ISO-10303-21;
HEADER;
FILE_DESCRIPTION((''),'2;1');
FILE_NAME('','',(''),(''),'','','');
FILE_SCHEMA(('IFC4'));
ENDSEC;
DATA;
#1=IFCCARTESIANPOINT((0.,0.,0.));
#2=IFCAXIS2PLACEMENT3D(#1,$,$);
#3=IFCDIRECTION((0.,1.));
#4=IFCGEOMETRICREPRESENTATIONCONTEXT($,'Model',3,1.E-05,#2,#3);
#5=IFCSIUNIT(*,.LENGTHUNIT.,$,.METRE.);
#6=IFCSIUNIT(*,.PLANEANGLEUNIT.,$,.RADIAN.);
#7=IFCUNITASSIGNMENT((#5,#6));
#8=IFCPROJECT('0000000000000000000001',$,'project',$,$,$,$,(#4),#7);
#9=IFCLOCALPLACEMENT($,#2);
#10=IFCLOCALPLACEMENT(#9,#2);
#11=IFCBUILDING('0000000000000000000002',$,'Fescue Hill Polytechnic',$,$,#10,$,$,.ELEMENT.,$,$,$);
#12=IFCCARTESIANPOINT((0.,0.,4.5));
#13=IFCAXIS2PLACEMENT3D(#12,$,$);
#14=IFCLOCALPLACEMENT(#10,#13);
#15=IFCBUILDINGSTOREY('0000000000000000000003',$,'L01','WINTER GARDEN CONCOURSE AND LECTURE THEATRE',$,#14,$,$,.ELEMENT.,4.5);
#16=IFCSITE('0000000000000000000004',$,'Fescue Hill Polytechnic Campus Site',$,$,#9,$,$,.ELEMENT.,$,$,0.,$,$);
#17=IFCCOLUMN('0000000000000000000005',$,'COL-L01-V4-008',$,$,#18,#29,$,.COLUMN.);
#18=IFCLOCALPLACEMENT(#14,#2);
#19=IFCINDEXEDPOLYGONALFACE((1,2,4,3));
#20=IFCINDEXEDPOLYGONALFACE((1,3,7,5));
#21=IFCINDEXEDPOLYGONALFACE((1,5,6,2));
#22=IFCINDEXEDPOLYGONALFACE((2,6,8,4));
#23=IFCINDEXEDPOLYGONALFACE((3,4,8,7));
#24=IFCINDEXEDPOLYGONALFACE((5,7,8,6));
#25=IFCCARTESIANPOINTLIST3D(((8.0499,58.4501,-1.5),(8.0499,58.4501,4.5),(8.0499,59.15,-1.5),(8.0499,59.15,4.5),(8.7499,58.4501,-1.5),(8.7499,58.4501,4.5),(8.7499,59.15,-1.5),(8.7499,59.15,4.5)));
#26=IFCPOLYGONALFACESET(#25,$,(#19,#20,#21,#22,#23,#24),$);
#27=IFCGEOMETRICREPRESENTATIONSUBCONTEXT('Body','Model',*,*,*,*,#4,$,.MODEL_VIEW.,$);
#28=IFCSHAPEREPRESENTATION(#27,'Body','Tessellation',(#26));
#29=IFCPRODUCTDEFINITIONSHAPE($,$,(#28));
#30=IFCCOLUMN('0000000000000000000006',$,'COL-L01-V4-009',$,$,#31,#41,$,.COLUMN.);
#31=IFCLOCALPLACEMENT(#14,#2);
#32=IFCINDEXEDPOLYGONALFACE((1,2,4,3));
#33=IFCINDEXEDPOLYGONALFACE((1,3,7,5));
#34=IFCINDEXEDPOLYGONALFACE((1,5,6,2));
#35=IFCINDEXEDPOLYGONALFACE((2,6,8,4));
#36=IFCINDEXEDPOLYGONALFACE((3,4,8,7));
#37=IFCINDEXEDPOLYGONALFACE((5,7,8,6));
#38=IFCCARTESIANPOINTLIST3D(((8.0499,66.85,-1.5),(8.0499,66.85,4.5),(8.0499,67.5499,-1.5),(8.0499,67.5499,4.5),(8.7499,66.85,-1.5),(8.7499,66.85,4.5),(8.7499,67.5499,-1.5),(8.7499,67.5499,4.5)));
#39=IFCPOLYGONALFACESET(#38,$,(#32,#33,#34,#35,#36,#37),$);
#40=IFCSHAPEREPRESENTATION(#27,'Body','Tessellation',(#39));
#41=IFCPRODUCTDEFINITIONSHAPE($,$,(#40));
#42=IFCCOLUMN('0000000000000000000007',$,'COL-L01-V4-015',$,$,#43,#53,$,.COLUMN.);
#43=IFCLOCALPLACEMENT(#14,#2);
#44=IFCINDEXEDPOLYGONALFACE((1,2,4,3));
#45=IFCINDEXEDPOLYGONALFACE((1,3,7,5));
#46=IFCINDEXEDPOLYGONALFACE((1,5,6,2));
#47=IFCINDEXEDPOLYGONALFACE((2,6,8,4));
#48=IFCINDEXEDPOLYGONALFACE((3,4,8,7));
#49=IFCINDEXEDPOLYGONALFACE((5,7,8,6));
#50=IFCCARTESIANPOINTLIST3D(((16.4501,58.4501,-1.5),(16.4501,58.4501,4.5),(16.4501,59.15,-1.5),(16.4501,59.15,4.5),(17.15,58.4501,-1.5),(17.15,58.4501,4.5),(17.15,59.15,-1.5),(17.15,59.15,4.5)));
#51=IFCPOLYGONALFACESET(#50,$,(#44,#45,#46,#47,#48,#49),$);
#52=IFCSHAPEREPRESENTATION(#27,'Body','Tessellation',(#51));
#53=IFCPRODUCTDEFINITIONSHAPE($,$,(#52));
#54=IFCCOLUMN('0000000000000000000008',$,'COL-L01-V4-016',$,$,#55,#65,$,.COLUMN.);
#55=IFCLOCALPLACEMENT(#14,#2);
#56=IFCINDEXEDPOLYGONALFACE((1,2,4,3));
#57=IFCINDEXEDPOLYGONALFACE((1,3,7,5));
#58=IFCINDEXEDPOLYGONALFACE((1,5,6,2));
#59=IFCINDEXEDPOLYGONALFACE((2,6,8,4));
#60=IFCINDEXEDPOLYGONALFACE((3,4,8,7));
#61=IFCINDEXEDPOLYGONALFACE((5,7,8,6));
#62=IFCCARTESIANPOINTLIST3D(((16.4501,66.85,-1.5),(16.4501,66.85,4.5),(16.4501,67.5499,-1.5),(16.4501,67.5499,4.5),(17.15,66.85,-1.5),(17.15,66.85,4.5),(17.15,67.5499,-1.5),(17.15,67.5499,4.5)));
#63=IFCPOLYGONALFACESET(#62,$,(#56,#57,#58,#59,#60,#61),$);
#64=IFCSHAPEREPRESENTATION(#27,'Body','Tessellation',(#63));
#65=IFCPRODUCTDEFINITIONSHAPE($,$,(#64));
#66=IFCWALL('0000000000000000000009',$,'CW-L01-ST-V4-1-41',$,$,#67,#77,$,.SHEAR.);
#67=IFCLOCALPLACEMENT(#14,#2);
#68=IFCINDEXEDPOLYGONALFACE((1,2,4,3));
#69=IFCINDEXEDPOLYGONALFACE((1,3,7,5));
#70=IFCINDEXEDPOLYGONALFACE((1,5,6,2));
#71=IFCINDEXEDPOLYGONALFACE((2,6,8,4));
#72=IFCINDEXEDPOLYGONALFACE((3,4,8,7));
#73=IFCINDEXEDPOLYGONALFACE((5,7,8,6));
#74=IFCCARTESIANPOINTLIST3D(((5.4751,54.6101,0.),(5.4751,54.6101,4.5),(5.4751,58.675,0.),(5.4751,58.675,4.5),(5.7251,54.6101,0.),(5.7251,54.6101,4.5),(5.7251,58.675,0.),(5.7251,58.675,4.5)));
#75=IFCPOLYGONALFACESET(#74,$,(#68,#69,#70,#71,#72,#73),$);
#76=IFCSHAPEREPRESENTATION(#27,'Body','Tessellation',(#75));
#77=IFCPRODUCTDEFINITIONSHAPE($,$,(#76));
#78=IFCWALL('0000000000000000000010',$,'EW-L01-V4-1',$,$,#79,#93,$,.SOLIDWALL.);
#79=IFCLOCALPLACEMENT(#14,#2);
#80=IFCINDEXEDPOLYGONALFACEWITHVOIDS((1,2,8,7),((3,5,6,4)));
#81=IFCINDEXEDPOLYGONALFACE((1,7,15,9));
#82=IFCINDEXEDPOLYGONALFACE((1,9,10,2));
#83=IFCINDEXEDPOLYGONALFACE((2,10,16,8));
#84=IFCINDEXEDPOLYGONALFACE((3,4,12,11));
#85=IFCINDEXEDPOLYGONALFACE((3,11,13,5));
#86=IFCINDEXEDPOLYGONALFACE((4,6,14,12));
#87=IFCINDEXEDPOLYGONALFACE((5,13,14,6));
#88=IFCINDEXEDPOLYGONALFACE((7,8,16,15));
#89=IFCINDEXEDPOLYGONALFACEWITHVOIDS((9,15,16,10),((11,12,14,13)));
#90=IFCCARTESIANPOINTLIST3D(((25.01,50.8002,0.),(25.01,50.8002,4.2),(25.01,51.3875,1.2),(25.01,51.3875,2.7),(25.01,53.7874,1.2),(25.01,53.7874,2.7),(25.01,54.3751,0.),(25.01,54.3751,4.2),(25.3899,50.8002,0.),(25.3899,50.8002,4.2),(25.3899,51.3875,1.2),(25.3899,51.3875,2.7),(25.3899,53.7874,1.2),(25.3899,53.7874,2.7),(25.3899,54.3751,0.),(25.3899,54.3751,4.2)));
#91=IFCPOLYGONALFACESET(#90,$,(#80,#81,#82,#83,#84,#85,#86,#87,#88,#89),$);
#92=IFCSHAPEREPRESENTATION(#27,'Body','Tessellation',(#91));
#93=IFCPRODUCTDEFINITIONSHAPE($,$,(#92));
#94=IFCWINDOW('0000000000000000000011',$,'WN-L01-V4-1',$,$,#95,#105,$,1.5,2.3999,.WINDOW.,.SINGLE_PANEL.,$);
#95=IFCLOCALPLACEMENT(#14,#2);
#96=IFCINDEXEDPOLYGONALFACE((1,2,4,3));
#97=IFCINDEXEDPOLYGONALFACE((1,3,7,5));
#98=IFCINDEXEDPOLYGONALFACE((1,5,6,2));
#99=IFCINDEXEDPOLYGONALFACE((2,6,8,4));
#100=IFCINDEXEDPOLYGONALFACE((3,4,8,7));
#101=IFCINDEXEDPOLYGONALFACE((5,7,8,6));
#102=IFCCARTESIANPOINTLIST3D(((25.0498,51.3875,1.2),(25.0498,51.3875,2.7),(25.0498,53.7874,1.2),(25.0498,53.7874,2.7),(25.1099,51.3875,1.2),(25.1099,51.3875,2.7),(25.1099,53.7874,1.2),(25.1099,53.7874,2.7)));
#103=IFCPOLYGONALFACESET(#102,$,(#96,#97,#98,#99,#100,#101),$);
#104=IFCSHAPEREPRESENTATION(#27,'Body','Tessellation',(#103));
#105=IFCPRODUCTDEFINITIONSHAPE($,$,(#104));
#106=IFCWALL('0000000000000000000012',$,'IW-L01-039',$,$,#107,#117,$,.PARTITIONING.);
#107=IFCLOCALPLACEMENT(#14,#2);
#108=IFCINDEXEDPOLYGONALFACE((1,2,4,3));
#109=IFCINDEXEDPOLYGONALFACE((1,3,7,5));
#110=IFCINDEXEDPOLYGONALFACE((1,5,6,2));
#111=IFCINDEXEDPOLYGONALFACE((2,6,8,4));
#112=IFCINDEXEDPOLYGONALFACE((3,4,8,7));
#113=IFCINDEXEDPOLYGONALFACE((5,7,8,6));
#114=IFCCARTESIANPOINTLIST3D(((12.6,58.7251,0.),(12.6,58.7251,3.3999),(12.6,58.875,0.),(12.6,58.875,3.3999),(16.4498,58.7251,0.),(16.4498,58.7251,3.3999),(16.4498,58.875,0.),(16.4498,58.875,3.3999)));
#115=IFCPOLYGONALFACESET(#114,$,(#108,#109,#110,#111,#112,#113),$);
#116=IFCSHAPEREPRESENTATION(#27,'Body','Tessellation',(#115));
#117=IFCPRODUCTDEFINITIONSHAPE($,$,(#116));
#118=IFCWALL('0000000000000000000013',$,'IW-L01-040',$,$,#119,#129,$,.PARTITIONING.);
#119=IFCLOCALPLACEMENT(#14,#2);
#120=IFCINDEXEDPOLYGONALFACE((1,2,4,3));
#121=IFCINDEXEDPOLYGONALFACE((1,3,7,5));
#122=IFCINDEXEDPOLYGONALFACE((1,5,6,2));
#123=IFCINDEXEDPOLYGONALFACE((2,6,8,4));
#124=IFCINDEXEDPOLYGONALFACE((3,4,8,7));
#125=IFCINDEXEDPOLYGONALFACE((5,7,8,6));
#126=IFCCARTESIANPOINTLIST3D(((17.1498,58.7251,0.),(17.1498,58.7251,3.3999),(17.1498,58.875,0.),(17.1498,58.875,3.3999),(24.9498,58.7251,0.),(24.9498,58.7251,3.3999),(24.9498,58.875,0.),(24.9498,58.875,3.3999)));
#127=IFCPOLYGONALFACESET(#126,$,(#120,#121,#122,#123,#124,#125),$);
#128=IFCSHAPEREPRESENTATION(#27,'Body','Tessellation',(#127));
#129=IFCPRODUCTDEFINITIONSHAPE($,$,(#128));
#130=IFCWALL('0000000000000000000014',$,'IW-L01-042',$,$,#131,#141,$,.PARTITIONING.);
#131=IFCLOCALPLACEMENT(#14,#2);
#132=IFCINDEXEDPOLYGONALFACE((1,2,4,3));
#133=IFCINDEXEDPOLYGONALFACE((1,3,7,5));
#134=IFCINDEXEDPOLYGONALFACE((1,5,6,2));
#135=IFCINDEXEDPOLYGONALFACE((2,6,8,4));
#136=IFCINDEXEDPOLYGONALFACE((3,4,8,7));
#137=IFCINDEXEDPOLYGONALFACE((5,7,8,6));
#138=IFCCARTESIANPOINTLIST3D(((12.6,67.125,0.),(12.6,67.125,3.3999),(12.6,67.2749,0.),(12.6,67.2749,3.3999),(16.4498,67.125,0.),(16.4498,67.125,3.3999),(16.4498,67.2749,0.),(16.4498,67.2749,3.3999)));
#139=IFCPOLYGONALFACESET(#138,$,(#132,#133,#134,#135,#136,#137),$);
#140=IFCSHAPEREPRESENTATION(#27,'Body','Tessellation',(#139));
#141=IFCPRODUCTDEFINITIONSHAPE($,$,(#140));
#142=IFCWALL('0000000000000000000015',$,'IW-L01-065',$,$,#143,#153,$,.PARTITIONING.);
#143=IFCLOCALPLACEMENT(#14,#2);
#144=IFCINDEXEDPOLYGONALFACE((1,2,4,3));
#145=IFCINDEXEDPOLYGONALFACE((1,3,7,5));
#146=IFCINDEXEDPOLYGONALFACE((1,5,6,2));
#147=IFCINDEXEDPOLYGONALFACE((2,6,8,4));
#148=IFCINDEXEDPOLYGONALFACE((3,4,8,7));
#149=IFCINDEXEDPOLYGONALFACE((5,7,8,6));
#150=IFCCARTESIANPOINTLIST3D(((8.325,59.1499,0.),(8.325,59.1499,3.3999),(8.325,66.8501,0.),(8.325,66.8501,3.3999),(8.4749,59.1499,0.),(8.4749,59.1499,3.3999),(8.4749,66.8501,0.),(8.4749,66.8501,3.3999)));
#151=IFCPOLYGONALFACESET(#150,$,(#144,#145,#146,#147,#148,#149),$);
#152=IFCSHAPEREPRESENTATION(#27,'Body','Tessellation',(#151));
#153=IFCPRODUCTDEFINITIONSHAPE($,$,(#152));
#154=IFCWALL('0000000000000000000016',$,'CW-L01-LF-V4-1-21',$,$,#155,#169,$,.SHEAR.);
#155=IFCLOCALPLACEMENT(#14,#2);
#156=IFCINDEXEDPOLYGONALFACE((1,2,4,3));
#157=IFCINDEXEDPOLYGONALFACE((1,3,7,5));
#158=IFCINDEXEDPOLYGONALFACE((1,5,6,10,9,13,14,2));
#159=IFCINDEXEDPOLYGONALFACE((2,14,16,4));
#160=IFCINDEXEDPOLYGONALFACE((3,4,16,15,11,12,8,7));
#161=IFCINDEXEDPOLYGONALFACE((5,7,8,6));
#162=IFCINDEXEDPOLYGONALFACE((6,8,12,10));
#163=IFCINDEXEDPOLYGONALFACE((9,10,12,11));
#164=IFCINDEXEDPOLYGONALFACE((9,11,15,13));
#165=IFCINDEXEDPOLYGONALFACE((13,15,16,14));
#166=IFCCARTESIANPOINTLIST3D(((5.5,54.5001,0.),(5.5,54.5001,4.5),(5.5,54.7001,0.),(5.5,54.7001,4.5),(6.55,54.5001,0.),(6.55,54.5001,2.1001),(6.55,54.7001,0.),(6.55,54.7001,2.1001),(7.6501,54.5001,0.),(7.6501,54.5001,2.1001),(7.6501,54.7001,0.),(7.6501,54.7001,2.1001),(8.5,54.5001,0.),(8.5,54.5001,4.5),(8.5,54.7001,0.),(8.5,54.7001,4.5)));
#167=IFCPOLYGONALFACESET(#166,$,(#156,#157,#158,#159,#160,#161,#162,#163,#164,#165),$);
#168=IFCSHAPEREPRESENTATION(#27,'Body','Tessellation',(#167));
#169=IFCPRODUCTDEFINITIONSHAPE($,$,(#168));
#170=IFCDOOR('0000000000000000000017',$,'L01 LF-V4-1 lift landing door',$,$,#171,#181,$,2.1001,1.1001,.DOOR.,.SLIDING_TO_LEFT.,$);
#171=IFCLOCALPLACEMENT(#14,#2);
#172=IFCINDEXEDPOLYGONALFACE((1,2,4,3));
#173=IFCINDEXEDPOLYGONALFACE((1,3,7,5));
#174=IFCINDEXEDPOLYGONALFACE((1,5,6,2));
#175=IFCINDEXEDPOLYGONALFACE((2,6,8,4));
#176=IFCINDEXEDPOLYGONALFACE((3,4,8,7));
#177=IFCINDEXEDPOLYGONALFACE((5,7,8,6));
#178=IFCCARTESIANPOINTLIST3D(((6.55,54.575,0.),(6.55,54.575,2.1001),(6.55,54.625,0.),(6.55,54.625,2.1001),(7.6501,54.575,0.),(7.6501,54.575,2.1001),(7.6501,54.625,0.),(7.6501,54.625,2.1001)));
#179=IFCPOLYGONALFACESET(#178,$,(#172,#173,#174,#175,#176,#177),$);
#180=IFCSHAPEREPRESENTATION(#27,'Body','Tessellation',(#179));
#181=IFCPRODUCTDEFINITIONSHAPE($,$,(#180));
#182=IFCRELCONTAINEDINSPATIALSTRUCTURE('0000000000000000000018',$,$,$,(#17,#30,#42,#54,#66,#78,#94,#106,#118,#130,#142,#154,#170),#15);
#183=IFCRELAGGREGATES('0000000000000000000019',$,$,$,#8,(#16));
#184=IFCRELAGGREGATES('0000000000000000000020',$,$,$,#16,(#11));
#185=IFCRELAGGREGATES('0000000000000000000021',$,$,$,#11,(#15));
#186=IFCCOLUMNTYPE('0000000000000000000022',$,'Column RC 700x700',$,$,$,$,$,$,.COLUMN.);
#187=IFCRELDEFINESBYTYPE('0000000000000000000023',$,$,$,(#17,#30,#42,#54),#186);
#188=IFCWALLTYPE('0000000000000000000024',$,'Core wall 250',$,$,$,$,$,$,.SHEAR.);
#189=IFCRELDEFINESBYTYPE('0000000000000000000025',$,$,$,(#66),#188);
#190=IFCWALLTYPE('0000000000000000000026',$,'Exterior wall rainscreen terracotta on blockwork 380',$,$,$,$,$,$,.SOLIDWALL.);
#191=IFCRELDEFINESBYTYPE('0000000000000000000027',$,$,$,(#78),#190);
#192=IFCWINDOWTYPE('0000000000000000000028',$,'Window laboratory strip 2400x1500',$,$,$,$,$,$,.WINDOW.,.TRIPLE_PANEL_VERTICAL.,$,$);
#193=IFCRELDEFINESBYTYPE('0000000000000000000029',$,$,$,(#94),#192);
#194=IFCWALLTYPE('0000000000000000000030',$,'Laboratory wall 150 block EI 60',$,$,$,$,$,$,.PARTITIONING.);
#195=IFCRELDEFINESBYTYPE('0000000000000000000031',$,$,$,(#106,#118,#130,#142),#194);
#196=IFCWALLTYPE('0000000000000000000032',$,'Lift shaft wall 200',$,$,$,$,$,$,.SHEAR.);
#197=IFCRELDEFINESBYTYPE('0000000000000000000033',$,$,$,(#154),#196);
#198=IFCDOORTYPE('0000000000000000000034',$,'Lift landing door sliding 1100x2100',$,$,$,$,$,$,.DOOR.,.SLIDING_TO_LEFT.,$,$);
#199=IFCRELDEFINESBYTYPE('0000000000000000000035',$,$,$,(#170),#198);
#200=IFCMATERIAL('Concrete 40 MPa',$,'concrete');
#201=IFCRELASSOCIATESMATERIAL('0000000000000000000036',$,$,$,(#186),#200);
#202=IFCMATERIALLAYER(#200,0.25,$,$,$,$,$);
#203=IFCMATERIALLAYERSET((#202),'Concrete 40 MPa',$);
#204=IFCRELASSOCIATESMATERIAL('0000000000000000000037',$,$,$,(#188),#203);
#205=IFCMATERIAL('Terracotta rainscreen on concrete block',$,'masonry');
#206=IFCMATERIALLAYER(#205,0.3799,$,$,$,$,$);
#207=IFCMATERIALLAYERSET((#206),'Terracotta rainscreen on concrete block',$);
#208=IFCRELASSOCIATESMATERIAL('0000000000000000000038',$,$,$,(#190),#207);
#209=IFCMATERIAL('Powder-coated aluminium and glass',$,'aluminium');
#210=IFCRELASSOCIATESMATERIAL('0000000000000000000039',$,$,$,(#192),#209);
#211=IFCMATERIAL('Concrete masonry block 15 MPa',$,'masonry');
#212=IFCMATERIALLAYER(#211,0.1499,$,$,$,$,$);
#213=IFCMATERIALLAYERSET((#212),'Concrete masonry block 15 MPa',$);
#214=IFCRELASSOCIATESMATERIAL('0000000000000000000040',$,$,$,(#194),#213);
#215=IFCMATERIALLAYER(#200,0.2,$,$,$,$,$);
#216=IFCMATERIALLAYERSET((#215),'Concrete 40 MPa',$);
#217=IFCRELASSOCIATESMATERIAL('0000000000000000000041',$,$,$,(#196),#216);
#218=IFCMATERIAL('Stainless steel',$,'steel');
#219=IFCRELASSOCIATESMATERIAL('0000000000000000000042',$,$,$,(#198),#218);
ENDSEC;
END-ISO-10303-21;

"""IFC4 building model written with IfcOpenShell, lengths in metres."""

from ifc_helpers import new_model, si_unit, direction, frame, frame_2d, origin, origin_2d, place, context, subcontext, project, spatial, rectangle, extrude, material, layer, layer_set, material_profile, profile_set, type_object, element, fill, save


model = new_model("IFC4")

# Units and contexts
model_context = context("Model", 3, precision=1e-05, world=origin(), true_north=direction((0.0, 1.0)))
body_context = subcontext(model_context, "Body", "Model", "MODEL_VIEW")
ifc_project = project(units=[si_unit("LENGTHUNIT", "METRE"), si_unit("PLANEANGLEUNIT", "RADIAN")], contexts=[model_context])

# Site, building, storey
site_placement = place(None, origin())
site = spatial("IfcSite", under=ifc_project, at=site_placement, Name="Fescue Hill Polytechnic Campus Site", CompositionType="ELEMENT", RefElevation=0.0)
building_placement = place(site_placement, origin())
building = spatial("IfcBuilding", under=site, at=building_placement, Name="Fescue Hill Polytechnic", CompositionType="ELEMENT")
storey_placement = place(building_placement, frame((0.0, 0.0, 4.5)))
storey = spatial("IfcBuildingStorey", under=building, at=storey_placement, Name="L01", Description="WINTER GARDEN CONCOURSE AND LECTURE THEATRE", CompositionType="ELEMENT", Elevation=4.5)

# Columns
ifc_material_1 = material(Name="Concrete 40 MPa", Category="concrete")
ifc_material_profile = material_profile(ifc_material_1, rectangle(XDim=0.7, YDim=0.7, at=origin_2d()), Name="RC 700x700")
ifc_profile_set = profile_set([ifc_material_profile], Name="Concrete 40 MPa")
column_type = type_object("IfcColumnType", Name="Column RC 700x700", PredefinedType="COLUMN", material=ifc_profile_set)
for number, where, z_axis, x_axis, name in (
    (1, (8.3999, 58.8, -1.5), (0.0, 0.0, 1.0), (1.0, 0.0, 0.0), "COL-L01-V4-008"),
    (2, (8.3999, 67.2, -1.5), (0.0, 0.0, 1.0), (1.0, 0.0, 0.0), "COL-L01-V4-009"),
    (3, (16.8, 58.8, -1.5), (0.0, 0.0, 1.0), (1.0, 0.0, 0.0), "COL-L01-V4-015"),
    (4, (16.8, 67.2, -1.5), (0.0, 0.0, 1.0), (1.0, 0.0, 0.0), "COL-L01-V4-016"),
):
    element("IfcColumn", number, at=place(storey_placement, frame(where, z_axis=z_axis, x_axis=x_axis)), inside=storey, type_object=column_type, Name=name, PredefinedType="COLUMN", context=body_context, shape_type="SweptSolid", body=[
        extrude(rectangle(XDim=0.7, YDim=0.7, at=origin_2d()), origin(), (0.0, 0.0, 1.0), 6.0),
    ])

# Wall
ifc_layer_1 = layer(ifc_material_1, 0.25)
ifc_layer_set_1 = layer_set([ifc_layer_1], Name="Concrete 40 MPa")
wall_type_1 = type_object("IfcWallType", Name="Core wall 250", PredefinedType="SHEAR", material=ifc_layer_set_1)
wall_1_placement = place(storey_placement, frame((5.6001, 54.6101, 0.0), z_axis=(0.0, 0.0, 1.0), x_axis=(0.0, 1.0, 0.0)))
element("IfcWall", 5, at=wall_1_placement, inside=storey, type_object=wall_type_1, Name="CW-L01-ST-V4-1-41", PredefinedType="SHEAR", context=body_context, shape_type="SweptSolid", body=[
    extrude(rectangle(XDim=4.0649, YDim=0.25, at=frame_2d((2.0325, 0.0))), origin(), (0.0, 0.0, 1.0), 4.5),
])

# Wall, opening, window
ifc_material_2 = material(Name="Terracotta rainscreen on concrete block", Category="masonry")
ifc_layer_2 = layer(ifc_material_2, 0.3799)
ifc_layer_set_2 = layer_set([ifc_layer_2], Name="Terracotta rainscreen on concrete block")
wall_type_2 = type_object("IfcWallType", Name="Exterior wall rainscreen terracotta on blockwork 380", PredefinedType="SOLIDWALL", material=ifc_layer_set_2)
wall_2_placement = place(storey_placement, frame((25.2, 50.8, 0.0), z_axis=(0.0, 0.0, 1.0), x_axis=(0.0, 1.0, 0.0)))
wall_2 = element("IfcWall", 6, at=wall_2_placement, inside=storey, type_object=wall_type_2, Name="EW-L01-V4-1", PredefinedType="SOLIDWALL", context=body_context, shape_type="SweptSolid", body=[
    extrude(rectangle(XDim=3.575, YDim=0.3799, at=frame_2d((1.7876, 0.0))), origin(), (0.0, 0.0, 1.0), 4.2),
])
opening_1_placement = place(wall_2_placement, frame((0.5874, 0.0, 1.2)))
opening_1 = element("IfcOpeningElement", 7, at=opening_1_placement, cuts=wall_2, PredefinedType="OPENING", context=body_context, shape_type="SweptSolid", body=[
    extrude(rectangle(XDim=2.3999, YDim=1.5, at=frame_2d((1.2, 0.75))), frame((0.0, 0.2, 0.0), z_axis=(0.0, -1.0, 0.0), x_axis=(1.0, 0.0, 0.0)), (0.0, 0.0, 1.0), 0.3999),
])
ifc_material_3 = material(Name="Powder-coated aluminium and glass", Category="aluminium")
window_type = type_object("IfcWindowType", Name="Window laboratory strip 2400x1500", PartitioningType="TRIPLE_PANEL_VERTICAL", PredefinedType="WINDOW", material=ifc_material_3)
window_placement = place(opening_1_placement, origin())
window = element("IfcWindow", 8, at=window_placement, inside=storey, type_object=window_type, Name="WN-L01-V4-1", OverallHeight=1.5, OverallWidth=2.3999, PartitioningType="SINGLE_PANEL", PredefinedType="WINDOW", context=body_context, shape_type="SweptSolid", body=[
    extrude(rectangle(XDim=2.3999, YDim=1.5, at=frame_2d((1.2, 0.75))), frame((0.0, 0.1501, 0.0), z_axis=(0.0, -1.0, 0.0), x_axis=(1.0, 0.0, 0.0)), (0.0, 0.0, 1.0), 0.0601),
])
fill(opening_1, window)

# Walls
ifc_material_4 = material(Name="Concrete masonry block 15 MPa", Category="masonry")
ifc_layer_3 = layer(ifc_material_4, 0.1499)
ifc_layer_set_3 = layer_set([ifc_layer_3], Name="Concrete masonry block 15 MPa")
wall_type_3 = type_object("IfcWallType", Name="Laboratory wall 150 block EI 60", PredefinedType="PARTITIONING", material=ifc_layer_set_3)
wall_3_placement = place(storey_placement, frame((12.6001, 58.8, 0.0), z_axis=(0.0, 0.0, 1.0), x_axis=(1.0, 0.0, 0.0)))
element("IfcWall", 9, at=wall_3_placement, inside=storey, type_object=wall_type_3, Name="IW-L01-039", PredefinedType="PARTITIONING", context=body_context, shape_type="SweptSolid", body=[
    extrude(rectangle(XDim=3.8499, YDim=0.1499, at=frame_2d((1.9248, 0.0))), origin(), (0.0, 0.0, 1.0), 3.3999),
])
wall_4_placement = place(storey_placement, frame((17.1499, 58.8, 0.0), z_axis=(0.0, 0.0, 1.0), x_axis=(1.0, 0.0, 0.0)))
element("IfcWall", 10, at=wall_4_placement, inside=storey, type_object=wall_type_3, Name="IW-L01-040", PredefinedType="PARTITIONING", context=body_context, shape_type="SweptSolid", body=[
    extrude(rectangle(XDim=7.8, YDim=0.1499, at=frame_2d((3.8999, 0.0))), origin(), (0.0, 0.0, 1.0), 3.3999),
])
wall_5_placement = place(storey_placement, frame((12.6001, 67.2, 0.0), z_axis=(0.0, 0.0, 1.0), x_axis=(1.0, 0.0, 0.0)))
element("IfcWall", 11, at=wall_5_placement, inside=storey, type_object=wall_type_3, Name="IW-L01-042", PredefinedType="PARTITIONING", context=body_context, shape_type="SweptSolid", body=[
    extrude(rectangle(XDim=3.8499, YDim=0.1499, at=frame_2d((1.9248, 0.0))), origin(), (0.0, 0.0, 1.0), 3.3999),
])
wall_6_placement = place(storey_placement, frame((8.3999, 59.1499, 0.0), z_axis=(0.0, 0.0, 1.0), x_axis=(0.0, 1.0, 0.0)))
element("IfcWall", 12, at=wall_6_placement, inside=storey, type_object=wall_type_3, Name="IW-L01-065", PredefinedType="PARTITIONING", context=body_context, shape_type="SweptSolid", body=[
    extrude(rectangle(XDim=7.7002, YDim=0.1499, at=frame_2d((3.8501, 0.0))), origin(), (0.0, 0.0, 1.0), 3.3999),
])

# Wall, opening, door
ifc_layer_4 = layer(ifc_material_1, 0.2)
ifc_layer_set_4 = layer_set([ifc_layer_4], Name="Concrete 40 MPa")
wall_type_4 = type_object("IfcWallType", Name="Lift shaft wall 200", PredefinedType="SHEAR", material=ifc_layer_set_4)
wall_7_placement = place(storey_placement, frame((5.5, 54.6001, 0.0), z_axis=(0.0, 0.0, 1.0), x_axis=(1.0, 0.0, 0.0)))
wall_7 = element("IfcWall", 13, at=wall_7_placement, inside=storey, type_object=wall_type_4, Name="CW-L01-LF-V4-1-21", PredefinedType="SHEAR", context=body_context, shape_type="SweptSolid", body=[
    extrude(rectangle(XDim=3.0, YDim=0.2, at=frame_2d((1.5, 0.0))), origin(), (0.0, 0.0, 1.0), 4.5),
])
opening_2_placement = place(wall_7_placement, frame((1.05, 0.0, 0.0)))
opening_2 = element("IfcOpeningElement", 14, at=opening_2_placement, cuts=wall_7, PredefinedType="OPENING", context=body_context, shape_type="SweptSolid", body=[
    extrude(rectangle(XDim=1.1001, YDim=2.1001, at=frame_2d((0.55, 1.05))), frame((0.0, 0.1099, 0.0), z_axis=(0.0, -1.0, 0.0), x_axis=(1.0, 0.0, 0.0)), (0.0, 0.0, 1.0), 0.22),
])
ifc_material_5 = material(Name="Stainless steel", Category="steel")
door_type_1 = type_object("IfcDoorType", Name="Lift landing door sliding 1100x2100", OperationType="SLIDING_TO_LEFT", PredefinedType="DOOR", material=ifc_material_5)
door_1_placement = place(opening_2_placement, origin())
door_1 = element("IfcDoor", 15, at=door_1_placement, inside=storey, type_object=door_type_1, Name="L01 LF-V4-1 lift landing door", OperationType="SLIDING_TO_LEFT", OverallHeight=2.1001, OverallWidth=1.1001, PredefinedType="DOOR", context=body_context, shape_type="SweptSolid", body=[
    extrude(rectangle(XDim=1.1001, YDim=2.1001, at=frame_2d((0.55, 1.05))), frame((0.0, 0.0249, 0.0), z_axis=(0.0, -1.0, 0.0), x_axis=(1.0, 0.0, 0.0)), (0.0, 0.0, 1.0), 0.05),
])
fill(opening_2, door_1)

save(model, "model.ifc")
